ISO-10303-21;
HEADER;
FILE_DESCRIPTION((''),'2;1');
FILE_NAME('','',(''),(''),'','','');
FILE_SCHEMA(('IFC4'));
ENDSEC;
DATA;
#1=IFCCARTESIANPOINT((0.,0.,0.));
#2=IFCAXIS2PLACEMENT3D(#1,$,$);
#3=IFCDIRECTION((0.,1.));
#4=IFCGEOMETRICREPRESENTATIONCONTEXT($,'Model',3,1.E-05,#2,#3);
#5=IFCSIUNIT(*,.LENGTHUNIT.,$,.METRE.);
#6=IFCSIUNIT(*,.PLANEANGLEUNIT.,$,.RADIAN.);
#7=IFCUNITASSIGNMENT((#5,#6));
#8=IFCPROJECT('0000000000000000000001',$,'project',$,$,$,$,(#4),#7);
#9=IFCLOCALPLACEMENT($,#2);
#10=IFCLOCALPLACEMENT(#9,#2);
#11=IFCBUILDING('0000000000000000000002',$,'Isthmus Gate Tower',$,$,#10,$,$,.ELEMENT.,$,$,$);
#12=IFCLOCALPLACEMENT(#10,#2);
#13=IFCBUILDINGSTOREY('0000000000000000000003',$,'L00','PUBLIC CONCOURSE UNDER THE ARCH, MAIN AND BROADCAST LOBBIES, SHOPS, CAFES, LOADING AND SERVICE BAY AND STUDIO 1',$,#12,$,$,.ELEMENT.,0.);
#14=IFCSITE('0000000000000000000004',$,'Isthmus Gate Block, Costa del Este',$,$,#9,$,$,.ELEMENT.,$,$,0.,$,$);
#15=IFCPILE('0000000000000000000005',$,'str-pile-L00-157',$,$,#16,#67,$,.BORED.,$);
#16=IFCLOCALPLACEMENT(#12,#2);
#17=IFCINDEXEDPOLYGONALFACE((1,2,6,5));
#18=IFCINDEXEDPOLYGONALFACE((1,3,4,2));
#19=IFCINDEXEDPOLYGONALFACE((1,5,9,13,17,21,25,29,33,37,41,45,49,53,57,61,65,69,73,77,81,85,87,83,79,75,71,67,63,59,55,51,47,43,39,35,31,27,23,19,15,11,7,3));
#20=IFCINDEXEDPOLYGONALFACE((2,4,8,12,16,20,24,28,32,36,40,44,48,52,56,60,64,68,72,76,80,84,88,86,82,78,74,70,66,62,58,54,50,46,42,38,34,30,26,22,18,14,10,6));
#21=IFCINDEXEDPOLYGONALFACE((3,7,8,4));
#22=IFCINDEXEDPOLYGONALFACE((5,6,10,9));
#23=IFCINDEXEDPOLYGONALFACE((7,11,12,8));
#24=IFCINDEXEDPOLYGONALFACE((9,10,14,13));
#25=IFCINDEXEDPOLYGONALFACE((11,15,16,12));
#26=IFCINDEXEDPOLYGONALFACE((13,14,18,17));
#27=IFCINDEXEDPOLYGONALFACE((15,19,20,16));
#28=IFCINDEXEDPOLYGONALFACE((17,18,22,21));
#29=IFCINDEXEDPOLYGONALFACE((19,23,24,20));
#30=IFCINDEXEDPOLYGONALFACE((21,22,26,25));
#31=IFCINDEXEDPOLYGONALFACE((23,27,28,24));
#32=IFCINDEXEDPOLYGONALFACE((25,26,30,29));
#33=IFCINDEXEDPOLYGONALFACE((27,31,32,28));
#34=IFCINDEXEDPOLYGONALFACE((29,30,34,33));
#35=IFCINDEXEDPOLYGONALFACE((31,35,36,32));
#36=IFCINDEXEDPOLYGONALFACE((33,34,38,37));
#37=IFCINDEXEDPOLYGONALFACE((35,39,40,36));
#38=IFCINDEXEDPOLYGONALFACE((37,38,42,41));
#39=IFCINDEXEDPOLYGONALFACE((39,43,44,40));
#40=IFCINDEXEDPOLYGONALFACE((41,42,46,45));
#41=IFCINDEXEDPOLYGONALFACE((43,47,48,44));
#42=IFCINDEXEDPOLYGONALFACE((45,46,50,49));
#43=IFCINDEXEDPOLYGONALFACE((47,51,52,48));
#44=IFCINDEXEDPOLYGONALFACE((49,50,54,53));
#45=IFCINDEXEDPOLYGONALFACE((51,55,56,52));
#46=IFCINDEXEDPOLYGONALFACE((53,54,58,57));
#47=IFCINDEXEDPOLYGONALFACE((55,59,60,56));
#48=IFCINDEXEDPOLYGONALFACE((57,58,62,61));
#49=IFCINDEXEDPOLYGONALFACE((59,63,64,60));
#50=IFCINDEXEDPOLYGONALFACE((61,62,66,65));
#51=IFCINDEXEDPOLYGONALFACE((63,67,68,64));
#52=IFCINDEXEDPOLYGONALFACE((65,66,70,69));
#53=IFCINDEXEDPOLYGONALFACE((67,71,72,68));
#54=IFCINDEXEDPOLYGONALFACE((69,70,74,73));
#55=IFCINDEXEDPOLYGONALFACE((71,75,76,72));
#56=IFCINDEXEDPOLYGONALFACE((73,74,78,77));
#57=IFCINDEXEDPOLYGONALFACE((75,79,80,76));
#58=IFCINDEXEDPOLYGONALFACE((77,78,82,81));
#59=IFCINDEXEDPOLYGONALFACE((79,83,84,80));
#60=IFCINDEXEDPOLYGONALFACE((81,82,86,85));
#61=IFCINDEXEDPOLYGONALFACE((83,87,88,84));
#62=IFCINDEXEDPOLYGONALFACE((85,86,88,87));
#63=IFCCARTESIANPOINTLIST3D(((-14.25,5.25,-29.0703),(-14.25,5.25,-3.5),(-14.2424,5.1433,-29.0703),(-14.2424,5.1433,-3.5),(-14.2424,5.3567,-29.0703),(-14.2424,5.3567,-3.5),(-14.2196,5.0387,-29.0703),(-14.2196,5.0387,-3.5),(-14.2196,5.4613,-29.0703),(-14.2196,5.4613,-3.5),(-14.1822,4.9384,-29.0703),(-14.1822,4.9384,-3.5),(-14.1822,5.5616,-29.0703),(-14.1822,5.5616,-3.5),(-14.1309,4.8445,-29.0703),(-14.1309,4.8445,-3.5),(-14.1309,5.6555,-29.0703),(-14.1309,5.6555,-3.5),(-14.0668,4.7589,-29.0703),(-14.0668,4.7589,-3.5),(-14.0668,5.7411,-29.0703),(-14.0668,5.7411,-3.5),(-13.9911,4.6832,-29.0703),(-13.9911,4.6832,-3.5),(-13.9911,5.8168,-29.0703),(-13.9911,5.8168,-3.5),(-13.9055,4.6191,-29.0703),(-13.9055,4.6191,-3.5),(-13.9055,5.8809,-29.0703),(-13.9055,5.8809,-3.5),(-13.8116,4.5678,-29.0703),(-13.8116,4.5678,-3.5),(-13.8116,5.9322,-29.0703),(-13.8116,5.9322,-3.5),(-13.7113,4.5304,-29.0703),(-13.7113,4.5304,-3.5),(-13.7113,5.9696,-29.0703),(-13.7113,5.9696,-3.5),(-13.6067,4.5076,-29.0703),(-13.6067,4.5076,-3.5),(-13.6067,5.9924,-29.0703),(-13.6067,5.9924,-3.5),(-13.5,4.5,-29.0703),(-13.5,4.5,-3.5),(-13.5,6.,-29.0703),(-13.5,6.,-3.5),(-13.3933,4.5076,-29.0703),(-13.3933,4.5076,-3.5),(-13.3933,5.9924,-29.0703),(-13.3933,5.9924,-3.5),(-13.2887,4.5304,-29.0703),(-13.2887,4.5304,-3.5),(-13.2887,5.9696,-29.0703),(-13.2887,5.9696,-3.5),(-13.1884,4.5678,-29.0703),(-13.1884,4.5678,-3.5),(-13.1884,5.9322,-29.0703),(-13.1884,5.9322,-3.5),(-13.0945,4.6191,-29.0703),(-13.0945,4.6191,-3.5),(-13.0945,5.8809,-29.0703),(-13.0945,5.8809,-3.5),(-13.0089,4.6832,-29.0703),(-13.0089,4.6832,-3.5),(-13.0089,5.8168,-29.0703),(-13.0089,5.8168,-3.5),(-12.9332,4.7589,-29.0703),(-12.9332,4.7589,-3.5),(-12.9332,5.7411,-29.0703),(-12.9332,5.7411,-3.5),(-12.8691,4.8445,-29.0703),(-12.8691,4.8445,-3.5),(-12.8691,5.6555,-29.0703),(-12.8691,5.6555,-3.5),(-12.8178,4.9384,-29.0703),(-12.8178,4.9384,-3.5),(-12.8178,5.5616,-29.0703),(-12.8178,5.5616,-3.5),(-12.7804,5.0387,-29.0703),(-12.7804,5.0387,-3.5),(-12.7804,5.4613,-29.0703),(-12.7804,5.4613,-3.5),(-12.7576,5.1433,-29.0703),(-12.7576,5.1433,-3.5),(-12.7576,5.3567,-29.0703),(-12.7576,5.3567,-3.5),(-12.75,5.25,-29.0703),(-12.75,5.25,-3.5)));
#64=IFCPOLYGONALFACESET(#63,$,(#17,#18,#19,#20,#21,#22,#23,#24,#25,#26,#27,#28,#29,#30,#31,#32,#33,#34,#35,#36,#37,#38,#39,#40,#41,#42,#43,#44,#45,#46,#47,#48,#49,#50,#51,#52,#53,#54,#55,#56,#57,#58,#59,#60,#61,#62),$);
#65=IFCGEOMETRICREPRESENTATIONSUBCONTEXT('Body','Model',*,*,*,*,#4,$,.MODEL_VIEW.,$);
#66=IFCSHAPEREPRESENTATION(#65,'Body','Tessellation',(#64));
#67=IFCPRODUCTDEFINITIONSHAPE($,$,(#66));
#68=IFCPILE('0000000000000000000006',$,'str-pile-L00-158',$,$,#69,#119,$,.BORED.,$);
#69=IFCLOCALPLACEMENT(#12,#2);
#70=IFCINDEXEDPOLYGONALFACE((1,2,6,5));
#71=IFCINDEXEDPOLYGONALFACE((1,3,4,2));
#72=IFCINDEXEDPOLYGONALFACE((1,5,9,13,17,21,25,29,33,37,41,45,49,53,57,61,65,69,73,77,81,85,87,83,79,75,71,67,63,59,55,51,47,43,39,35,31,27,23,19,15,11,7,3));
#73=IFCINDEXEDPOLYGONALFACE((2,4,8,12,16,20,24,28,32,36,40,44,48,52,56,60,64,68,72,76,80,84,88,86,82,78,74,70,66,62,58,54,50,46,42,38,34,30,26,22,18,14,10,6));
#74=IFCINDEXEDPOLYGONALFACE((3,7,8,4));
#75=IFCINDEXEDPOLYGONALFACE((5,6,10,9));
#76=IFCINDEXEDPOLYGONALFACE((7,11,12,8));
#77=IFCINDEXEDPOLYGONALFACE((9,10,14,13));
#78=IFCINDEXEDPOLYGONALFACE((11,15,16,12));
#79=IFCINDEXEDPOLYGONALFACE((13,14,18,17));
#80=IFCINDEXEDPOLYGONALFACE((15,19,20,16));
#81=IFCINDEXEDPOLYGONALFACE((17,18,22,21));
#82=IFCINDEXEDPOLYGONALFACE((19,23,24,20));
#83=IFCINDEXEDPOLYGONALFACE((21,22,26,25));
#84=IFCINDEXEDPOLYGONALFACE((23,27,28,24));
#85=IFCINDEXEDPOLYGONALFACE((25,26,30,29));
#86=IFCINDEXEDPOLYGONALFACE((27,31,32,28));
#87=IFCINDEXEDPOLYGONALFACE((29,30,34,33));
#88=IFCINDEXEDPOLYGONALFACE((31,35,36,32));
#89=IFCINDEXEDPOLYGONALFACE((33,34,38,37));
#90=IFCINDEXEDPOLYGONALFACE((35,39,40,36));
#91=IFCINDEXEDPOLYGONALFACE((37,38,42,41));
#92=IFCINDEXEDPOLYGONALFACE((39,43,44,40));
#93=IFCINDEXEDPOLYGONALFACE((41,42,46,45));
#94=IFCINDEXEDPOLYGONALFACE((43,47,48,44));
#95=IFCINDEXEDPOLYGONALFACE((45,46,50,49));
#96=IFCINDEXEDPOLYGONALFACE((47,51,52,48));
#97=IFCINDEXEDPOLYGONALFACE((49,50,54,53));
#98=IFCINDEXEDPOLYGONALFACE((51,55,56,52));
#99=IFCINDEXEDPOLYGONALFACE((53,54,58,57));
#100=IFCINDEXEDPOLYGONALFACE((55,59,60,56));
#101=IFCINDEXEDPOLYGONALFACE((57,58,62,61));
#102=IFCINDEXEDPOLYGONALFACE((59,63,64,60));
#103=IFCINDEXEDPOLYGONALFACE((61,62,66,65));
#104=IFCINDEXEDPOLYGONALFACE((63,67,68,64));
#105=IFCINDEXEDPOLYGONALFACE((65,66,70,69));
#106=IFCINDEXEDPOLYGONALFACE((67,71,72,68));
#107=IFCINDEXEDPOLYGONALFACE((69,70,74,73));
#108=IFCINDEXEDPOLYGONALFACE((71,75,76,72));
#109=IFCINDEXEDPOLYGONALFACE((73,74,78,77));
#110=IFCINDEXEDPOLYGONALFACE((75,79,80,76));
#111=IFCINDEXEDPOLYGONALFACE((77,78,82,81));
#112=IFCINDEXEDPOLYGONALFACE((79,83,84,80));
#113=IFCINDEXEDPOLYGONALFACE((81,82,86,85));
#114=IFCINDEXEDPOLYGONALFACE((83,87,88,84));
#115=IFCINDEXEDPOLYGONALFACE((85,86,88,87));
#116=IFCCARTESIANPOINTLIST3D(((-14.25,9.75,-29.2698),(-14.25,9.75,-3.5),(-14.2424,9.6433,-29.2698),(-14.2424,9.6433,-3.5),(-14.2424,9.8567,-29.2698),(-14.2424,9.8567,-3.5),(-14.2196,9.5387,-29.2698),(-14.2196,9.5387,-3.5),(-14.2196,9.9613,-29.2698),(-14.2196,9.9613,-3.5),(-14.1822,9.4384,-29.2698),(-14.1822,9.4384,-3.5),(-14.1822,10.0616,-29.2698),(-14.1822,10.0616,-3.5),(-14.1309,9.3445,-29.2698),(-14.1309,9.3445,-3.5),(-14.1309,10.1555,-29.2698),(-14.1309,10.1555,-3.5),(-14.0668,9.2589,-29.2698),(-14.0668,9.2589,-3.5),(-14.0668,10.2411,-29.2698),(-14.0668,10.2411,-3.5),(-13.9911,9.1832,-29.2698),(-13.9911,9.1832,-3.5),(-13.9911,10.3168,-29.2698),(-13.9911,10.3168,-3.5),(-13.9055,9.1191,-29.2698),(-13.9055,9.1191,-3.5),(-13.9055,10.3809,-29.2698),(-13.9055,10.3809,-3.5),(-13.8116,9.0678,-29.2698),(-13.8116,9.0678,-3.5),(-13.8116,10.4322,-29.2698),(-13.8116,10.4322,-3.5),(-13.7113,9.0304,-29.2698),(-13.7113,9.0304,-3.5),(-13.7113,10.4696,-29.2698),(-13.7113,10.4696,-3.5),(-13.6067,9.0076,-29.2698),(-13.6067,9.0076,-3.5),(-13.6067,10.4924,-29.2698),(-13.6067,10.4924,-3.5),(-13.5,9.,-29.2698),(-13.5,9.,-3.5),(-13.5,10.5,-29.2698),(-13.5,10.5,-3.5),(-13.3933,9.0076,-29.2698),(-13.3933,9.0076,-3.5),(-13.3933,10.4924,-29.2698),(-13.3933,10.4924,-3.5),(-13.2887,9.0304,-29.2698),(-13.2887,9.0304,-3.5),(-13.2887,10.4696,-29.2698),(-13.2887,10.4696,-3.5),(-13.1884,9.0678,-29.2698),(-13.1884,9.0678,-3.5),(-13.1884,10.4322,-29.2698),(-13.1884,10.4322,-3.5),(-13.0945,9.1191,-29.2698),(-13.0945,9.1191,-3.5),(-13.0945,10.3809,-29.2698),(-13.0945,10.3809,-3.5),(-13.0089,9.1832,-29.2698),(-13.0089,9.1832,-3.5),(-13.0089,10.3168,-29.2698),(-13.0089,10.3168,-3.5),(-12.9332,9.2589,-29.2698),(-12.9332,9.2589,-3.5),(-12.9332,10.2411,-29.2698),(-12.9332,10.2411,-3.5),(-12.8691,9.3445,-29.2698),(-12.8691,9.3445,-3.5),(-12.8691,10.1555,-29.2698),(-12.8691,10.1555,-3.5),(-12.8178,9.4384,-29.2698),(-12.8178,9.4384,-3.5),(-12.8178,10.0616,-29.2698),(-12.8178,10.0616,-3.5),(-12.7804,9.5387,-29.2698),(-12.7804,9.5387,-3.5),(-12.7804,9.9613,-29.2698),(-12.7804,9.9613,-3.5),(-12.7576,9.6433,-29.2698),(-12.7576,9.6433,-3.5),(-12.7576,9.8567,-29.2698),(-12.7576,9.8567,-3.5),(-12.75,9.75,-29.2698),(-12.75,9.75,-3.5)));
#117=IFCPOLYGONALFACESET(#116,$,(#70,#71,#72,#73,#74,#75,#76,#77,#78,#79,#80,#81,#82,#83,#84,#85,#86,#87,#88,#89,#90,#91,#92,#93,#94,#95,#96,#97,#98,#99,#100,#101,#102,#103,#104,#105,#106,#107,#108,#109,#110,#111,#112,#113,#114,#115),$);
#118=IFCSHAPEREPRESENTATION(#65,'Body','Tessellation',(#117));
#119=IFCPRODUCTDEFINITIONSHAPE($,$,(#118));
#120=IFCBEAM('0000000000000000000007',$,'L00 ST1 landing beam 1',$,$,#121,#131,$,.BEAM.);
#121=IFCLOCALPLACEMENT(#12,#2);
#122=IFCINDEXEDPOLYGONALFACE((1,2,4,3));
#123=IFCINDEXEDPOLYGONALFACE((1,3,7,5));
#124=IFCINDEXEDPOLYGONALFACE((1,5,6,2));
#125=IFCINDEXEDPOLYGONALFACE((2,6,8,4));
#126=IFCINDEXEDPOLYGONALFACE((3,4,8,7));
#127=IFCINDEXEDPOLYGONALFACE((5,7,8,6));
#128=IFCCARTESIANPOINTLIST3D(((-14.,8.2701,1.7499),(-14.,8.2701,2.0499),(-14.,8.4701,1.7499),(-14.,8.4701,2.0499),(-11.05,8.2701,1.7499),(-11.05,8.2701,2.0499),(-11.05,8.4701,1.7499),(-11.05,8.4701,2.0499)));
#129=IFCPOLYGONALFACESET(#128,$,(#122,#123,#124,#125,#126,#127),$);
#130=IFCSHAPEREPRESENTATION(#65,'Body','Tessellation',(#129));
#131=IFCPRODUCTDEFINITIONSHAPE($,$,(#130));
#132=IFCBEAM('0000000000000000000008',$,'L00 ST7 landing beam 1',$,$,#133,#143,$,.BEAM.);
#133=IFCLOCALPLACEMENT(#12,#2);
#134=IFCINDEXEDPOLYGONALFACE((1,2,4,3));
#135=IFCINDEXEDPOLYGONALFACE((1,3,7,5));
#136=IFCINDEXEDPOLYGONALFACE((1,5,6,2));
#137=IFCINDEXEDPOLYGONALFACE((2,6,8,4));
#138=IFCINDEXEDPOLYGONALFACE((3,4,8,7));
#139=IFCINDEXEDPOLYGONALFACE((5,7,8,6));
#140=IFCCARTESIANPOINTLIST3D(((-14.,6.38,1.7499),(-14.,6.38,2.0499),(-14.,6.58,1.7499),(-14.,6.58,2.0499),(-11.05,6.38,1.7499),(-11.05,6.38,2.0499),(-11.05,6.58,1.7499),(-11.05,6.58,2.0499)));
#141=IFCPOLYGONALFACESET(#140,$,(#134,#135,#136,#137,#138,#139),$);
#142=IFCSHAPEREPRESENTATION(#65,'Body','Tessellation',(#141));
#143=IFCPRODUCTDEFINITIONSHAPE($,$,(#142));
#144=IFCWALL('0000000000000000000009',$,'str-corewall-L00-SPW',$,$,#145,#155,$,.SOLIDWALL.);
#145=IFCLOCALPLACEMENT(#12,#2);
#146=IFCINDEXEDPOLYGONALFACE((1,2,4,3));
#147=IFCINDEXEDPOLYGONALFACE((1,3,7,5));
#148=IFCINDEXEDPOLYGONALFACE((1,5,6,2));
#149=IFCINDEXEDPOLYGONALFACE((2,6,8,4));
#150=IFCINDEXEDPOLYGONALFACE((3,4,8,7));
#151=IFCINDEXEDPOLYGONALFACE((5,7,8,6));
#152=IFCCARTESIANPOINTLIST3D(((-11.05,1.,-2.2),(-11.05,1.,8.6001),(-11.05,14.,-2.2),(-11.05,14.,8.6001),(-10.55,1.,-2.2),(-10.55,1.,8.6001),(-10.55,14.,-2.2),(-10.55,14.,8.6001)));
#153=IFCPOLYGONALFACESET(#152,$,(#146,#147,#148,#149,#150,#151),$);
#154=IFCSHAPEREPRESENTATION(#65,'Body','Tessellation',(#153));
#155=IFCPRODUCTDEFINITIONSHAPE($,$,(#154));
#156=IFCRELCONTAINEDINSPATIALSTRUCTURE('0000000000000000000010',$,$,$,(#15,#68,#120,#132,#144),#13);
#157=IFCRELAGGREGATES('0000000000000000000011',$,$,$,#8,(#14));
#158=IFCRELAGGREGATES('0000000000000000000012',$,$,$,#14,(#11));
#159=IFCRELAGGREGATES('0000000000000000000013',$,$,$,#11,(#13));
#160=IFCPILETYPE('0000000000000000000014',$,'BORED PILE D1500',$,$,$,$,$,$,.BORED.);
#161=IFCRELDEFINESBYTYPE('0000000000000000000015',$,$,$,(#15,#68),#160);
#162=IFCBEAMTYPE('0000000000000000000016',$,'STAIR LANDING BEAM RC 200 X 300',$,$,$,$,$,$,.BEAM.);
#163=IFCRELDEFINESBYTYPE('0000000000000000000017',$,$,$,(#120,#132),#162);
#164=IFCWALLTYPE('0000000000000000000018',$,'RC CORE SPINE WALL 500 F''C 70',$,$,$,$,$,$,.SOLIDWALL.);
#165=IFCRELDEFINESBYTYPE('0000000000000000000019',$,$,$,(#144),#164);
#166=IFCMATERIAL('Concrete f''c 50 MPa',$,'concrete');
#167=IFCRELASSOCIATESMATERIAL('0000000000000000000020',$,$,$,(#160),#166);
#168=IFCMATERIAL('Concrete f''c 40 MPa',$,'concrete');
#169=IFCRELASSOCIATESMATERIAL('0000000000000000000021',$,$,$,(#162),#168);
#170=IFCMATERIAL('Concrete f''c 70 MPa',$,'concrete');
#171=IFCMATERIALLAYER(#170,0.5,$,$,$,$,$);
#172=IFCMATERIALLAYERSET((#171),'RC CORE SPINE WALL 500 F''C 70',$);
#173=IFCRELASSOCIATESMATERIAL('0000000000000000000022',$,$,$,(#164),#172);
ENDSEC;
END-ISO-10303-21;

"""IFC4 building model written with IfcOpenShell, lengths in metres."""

from ifc_helpers import new_model, si_unit, direction, frame, frame_2d, origin, origin_2d, place, context, subcontext, project, spatial, rectangle, circle, extrude, material, layer, layer_set, material_profile, profile_set, type_object, element, save


model = new_model("IFC4")

# Units and contexts
model_context = context("Model", 3, precision=1e-05, world=origin(), true_north=direction((0.0, 1.0)))
body_context = subcontext(model_context, "Body", "Model", "MODEL_VIEW")
ifc_project = project(units=[si_unit("LENGTHUNIT", "METRE"), si_unit("PLANEANGLEUNIT", "RADIAN")], contexts=[model_context])

# Site, building, storey
site_placement = place(None, origin())
site = spatial("IfcSite", under=ifc_project, at=site_placement, Name="Isthmus Gate Block, Costa del Este", CompositionType="ELEMENT", RefElevation=0.0)
building_placement = place(site_placement, origin())
building = spatial("IfcBuilding", under=site, at=building_placement, Name="Isthmus Gate Tower", CompositionType="ELEMENT")
storey_placement = place(building_placement, origin())
storey = spatial("IfcBuildingStorey", under=building, at=storey_placement, Name="L00", Description="PUBLIC CONCOURSE UNDER THE ARCH, MAIN AND BROADCAST LOBBIES, SHOPS, CAFES, LOADING AND SERVICE BAY AND STUDIO 1", CompositionType="ELEMENT", Elevation=0.0)

# Piles
ifc_material_1 = material(Name="Concrete f'c 50 MPa", Category="concrete")
ifc_material_profile_1 = material_profile(ifc_material_1, circle(Radius=0.75, at=origin_2d()), Name="D1500")
ifc_profile_set_1 = profile_set([ifc_material_profile_1], Name="Concrete f'c 50 MPa")
pile_type = type_object("IfcPileType", Name="BORED PILE D1500", PredefinedType="BORED", material=ifc_profile_set_1)
pile_1_placement = place(storey_placement, frame((-13.5, 5.25, -3.5), z_axis=(0.0, 0.0, -1.0), x_axis=(1.0, 0.0, 0.0)))
element("IfcPile", 1, at=pile_1_placement, inside=storey, type_object=pile_type, Name="str-pile-L00-157", PredefinedType="BORED", context=body_context, shape_type="SweptSolid", body=[
    extrude(circle(Radius=0.75, at=origin_2d()), origin(), (0.0, 0.0, 1.0), 25.5703),
])
pile_2_placement = place(storey_placement, frame((-13.5, 9.75, -3.5), z_axis=(0.0, 0.0, -1.0), x_axis=(1.0, 0.0, 0.0)))
element("IfcPile", 2, at=pile_2_placement, inside=storey, type_object=pile_type, Name="str-pile-L00-158", PredefinedType="BORED", context=body_context, shape_type="SweptSolid", body=[
    extrude(circle(Radius=0.75, at=origin_2d()), origin(), (0.0, 0.0, 1.0), 25.7698),
])

# Beams
ifc_material_2 = material(Name="Concrete f'c 40 MPa", Category="concrete")
ifc_material_profile_2 = material_profile(ifc_material_2, rectangle(XDim=0.2, YDim=0.3, at=origin_2d()), Name="STAIR LANDING BEAM RC 200 X 300")
ifc_profile_set_2 = profile_set([ifc_material_profile_2], Name="Concrete f'c 40 MPa")
beam_type = type_object("IfcBeamType", Name="STAIR LANDING BEAM RC 200 X 300", PredefinedType="BEAM", material=ifc_profile_set_2)
for number, where, z_axis, x_axis, name in (
    (3, (-14.0, 8.3701, 1.8999), (1.0, 0.0, 0.0), (0.0, 1.0, 0.0), "L00 ST1 landing beam 1"),
    (4, (-14.0, 6.48, 1.8999), (1.0, 0.0, 0.0), (0.0, 1.0, 0.0), "L00 ST7 landing beam 1"),
):
    element("IfcBeam", number, at=place(storey_placement, frame(where, z_axis=z_axis, x_axis=x_axis)), inside=storey, type_object=beam_type, Name=name, PredefinedType="BEAM", context=body_context, shape_type="SweptSolid", body=[
        extrude(rectangle(XDim=0.2, YDim=0.3, at=origin_2d()), origin(), (0.0, 0.0, 1.0), 2.95),
    ])

# Wall
ifc_material_3 = material(Name="Concrete f'c 70 MPa", Category="concrete")
ifc_layer_1 = layer(ifc_material_3, 0.5)
ifc_layer_set_1 = layer_set([ifc_layer_1], Name="RC CORE SPINE WALL 500 F'C 70")
wall_type_1 = type_object("IfcWallType", Name="RC CORE SPINE WALL 500 F'C 70", PredefinedType="SOLIDWALL", material=ifc_layer_set_1)
wall_1_placement = place(storey_placement, frame((-10.8, 1.0, -2.2), z_axis=(0.0, 0.0, 1.0), x_axis=(0.0, 1.0, 0.0)))
element("IfcWall", 5, at=wall_1_placement, inside=storey, type_object=wall_type_1, Name="str-corewall-L00-SPW", PredefinedType="SOLIDWALL", context=body_context, shape_type="SweptSolid", body=[
    extrude(rectangle(XDim=13.0, YDim=0.5, at=frame_2d((6.5, 0.0))), origin(), (0.0, 0.0, 1.0), 10.8),
])

save(model, "model.ifc")
